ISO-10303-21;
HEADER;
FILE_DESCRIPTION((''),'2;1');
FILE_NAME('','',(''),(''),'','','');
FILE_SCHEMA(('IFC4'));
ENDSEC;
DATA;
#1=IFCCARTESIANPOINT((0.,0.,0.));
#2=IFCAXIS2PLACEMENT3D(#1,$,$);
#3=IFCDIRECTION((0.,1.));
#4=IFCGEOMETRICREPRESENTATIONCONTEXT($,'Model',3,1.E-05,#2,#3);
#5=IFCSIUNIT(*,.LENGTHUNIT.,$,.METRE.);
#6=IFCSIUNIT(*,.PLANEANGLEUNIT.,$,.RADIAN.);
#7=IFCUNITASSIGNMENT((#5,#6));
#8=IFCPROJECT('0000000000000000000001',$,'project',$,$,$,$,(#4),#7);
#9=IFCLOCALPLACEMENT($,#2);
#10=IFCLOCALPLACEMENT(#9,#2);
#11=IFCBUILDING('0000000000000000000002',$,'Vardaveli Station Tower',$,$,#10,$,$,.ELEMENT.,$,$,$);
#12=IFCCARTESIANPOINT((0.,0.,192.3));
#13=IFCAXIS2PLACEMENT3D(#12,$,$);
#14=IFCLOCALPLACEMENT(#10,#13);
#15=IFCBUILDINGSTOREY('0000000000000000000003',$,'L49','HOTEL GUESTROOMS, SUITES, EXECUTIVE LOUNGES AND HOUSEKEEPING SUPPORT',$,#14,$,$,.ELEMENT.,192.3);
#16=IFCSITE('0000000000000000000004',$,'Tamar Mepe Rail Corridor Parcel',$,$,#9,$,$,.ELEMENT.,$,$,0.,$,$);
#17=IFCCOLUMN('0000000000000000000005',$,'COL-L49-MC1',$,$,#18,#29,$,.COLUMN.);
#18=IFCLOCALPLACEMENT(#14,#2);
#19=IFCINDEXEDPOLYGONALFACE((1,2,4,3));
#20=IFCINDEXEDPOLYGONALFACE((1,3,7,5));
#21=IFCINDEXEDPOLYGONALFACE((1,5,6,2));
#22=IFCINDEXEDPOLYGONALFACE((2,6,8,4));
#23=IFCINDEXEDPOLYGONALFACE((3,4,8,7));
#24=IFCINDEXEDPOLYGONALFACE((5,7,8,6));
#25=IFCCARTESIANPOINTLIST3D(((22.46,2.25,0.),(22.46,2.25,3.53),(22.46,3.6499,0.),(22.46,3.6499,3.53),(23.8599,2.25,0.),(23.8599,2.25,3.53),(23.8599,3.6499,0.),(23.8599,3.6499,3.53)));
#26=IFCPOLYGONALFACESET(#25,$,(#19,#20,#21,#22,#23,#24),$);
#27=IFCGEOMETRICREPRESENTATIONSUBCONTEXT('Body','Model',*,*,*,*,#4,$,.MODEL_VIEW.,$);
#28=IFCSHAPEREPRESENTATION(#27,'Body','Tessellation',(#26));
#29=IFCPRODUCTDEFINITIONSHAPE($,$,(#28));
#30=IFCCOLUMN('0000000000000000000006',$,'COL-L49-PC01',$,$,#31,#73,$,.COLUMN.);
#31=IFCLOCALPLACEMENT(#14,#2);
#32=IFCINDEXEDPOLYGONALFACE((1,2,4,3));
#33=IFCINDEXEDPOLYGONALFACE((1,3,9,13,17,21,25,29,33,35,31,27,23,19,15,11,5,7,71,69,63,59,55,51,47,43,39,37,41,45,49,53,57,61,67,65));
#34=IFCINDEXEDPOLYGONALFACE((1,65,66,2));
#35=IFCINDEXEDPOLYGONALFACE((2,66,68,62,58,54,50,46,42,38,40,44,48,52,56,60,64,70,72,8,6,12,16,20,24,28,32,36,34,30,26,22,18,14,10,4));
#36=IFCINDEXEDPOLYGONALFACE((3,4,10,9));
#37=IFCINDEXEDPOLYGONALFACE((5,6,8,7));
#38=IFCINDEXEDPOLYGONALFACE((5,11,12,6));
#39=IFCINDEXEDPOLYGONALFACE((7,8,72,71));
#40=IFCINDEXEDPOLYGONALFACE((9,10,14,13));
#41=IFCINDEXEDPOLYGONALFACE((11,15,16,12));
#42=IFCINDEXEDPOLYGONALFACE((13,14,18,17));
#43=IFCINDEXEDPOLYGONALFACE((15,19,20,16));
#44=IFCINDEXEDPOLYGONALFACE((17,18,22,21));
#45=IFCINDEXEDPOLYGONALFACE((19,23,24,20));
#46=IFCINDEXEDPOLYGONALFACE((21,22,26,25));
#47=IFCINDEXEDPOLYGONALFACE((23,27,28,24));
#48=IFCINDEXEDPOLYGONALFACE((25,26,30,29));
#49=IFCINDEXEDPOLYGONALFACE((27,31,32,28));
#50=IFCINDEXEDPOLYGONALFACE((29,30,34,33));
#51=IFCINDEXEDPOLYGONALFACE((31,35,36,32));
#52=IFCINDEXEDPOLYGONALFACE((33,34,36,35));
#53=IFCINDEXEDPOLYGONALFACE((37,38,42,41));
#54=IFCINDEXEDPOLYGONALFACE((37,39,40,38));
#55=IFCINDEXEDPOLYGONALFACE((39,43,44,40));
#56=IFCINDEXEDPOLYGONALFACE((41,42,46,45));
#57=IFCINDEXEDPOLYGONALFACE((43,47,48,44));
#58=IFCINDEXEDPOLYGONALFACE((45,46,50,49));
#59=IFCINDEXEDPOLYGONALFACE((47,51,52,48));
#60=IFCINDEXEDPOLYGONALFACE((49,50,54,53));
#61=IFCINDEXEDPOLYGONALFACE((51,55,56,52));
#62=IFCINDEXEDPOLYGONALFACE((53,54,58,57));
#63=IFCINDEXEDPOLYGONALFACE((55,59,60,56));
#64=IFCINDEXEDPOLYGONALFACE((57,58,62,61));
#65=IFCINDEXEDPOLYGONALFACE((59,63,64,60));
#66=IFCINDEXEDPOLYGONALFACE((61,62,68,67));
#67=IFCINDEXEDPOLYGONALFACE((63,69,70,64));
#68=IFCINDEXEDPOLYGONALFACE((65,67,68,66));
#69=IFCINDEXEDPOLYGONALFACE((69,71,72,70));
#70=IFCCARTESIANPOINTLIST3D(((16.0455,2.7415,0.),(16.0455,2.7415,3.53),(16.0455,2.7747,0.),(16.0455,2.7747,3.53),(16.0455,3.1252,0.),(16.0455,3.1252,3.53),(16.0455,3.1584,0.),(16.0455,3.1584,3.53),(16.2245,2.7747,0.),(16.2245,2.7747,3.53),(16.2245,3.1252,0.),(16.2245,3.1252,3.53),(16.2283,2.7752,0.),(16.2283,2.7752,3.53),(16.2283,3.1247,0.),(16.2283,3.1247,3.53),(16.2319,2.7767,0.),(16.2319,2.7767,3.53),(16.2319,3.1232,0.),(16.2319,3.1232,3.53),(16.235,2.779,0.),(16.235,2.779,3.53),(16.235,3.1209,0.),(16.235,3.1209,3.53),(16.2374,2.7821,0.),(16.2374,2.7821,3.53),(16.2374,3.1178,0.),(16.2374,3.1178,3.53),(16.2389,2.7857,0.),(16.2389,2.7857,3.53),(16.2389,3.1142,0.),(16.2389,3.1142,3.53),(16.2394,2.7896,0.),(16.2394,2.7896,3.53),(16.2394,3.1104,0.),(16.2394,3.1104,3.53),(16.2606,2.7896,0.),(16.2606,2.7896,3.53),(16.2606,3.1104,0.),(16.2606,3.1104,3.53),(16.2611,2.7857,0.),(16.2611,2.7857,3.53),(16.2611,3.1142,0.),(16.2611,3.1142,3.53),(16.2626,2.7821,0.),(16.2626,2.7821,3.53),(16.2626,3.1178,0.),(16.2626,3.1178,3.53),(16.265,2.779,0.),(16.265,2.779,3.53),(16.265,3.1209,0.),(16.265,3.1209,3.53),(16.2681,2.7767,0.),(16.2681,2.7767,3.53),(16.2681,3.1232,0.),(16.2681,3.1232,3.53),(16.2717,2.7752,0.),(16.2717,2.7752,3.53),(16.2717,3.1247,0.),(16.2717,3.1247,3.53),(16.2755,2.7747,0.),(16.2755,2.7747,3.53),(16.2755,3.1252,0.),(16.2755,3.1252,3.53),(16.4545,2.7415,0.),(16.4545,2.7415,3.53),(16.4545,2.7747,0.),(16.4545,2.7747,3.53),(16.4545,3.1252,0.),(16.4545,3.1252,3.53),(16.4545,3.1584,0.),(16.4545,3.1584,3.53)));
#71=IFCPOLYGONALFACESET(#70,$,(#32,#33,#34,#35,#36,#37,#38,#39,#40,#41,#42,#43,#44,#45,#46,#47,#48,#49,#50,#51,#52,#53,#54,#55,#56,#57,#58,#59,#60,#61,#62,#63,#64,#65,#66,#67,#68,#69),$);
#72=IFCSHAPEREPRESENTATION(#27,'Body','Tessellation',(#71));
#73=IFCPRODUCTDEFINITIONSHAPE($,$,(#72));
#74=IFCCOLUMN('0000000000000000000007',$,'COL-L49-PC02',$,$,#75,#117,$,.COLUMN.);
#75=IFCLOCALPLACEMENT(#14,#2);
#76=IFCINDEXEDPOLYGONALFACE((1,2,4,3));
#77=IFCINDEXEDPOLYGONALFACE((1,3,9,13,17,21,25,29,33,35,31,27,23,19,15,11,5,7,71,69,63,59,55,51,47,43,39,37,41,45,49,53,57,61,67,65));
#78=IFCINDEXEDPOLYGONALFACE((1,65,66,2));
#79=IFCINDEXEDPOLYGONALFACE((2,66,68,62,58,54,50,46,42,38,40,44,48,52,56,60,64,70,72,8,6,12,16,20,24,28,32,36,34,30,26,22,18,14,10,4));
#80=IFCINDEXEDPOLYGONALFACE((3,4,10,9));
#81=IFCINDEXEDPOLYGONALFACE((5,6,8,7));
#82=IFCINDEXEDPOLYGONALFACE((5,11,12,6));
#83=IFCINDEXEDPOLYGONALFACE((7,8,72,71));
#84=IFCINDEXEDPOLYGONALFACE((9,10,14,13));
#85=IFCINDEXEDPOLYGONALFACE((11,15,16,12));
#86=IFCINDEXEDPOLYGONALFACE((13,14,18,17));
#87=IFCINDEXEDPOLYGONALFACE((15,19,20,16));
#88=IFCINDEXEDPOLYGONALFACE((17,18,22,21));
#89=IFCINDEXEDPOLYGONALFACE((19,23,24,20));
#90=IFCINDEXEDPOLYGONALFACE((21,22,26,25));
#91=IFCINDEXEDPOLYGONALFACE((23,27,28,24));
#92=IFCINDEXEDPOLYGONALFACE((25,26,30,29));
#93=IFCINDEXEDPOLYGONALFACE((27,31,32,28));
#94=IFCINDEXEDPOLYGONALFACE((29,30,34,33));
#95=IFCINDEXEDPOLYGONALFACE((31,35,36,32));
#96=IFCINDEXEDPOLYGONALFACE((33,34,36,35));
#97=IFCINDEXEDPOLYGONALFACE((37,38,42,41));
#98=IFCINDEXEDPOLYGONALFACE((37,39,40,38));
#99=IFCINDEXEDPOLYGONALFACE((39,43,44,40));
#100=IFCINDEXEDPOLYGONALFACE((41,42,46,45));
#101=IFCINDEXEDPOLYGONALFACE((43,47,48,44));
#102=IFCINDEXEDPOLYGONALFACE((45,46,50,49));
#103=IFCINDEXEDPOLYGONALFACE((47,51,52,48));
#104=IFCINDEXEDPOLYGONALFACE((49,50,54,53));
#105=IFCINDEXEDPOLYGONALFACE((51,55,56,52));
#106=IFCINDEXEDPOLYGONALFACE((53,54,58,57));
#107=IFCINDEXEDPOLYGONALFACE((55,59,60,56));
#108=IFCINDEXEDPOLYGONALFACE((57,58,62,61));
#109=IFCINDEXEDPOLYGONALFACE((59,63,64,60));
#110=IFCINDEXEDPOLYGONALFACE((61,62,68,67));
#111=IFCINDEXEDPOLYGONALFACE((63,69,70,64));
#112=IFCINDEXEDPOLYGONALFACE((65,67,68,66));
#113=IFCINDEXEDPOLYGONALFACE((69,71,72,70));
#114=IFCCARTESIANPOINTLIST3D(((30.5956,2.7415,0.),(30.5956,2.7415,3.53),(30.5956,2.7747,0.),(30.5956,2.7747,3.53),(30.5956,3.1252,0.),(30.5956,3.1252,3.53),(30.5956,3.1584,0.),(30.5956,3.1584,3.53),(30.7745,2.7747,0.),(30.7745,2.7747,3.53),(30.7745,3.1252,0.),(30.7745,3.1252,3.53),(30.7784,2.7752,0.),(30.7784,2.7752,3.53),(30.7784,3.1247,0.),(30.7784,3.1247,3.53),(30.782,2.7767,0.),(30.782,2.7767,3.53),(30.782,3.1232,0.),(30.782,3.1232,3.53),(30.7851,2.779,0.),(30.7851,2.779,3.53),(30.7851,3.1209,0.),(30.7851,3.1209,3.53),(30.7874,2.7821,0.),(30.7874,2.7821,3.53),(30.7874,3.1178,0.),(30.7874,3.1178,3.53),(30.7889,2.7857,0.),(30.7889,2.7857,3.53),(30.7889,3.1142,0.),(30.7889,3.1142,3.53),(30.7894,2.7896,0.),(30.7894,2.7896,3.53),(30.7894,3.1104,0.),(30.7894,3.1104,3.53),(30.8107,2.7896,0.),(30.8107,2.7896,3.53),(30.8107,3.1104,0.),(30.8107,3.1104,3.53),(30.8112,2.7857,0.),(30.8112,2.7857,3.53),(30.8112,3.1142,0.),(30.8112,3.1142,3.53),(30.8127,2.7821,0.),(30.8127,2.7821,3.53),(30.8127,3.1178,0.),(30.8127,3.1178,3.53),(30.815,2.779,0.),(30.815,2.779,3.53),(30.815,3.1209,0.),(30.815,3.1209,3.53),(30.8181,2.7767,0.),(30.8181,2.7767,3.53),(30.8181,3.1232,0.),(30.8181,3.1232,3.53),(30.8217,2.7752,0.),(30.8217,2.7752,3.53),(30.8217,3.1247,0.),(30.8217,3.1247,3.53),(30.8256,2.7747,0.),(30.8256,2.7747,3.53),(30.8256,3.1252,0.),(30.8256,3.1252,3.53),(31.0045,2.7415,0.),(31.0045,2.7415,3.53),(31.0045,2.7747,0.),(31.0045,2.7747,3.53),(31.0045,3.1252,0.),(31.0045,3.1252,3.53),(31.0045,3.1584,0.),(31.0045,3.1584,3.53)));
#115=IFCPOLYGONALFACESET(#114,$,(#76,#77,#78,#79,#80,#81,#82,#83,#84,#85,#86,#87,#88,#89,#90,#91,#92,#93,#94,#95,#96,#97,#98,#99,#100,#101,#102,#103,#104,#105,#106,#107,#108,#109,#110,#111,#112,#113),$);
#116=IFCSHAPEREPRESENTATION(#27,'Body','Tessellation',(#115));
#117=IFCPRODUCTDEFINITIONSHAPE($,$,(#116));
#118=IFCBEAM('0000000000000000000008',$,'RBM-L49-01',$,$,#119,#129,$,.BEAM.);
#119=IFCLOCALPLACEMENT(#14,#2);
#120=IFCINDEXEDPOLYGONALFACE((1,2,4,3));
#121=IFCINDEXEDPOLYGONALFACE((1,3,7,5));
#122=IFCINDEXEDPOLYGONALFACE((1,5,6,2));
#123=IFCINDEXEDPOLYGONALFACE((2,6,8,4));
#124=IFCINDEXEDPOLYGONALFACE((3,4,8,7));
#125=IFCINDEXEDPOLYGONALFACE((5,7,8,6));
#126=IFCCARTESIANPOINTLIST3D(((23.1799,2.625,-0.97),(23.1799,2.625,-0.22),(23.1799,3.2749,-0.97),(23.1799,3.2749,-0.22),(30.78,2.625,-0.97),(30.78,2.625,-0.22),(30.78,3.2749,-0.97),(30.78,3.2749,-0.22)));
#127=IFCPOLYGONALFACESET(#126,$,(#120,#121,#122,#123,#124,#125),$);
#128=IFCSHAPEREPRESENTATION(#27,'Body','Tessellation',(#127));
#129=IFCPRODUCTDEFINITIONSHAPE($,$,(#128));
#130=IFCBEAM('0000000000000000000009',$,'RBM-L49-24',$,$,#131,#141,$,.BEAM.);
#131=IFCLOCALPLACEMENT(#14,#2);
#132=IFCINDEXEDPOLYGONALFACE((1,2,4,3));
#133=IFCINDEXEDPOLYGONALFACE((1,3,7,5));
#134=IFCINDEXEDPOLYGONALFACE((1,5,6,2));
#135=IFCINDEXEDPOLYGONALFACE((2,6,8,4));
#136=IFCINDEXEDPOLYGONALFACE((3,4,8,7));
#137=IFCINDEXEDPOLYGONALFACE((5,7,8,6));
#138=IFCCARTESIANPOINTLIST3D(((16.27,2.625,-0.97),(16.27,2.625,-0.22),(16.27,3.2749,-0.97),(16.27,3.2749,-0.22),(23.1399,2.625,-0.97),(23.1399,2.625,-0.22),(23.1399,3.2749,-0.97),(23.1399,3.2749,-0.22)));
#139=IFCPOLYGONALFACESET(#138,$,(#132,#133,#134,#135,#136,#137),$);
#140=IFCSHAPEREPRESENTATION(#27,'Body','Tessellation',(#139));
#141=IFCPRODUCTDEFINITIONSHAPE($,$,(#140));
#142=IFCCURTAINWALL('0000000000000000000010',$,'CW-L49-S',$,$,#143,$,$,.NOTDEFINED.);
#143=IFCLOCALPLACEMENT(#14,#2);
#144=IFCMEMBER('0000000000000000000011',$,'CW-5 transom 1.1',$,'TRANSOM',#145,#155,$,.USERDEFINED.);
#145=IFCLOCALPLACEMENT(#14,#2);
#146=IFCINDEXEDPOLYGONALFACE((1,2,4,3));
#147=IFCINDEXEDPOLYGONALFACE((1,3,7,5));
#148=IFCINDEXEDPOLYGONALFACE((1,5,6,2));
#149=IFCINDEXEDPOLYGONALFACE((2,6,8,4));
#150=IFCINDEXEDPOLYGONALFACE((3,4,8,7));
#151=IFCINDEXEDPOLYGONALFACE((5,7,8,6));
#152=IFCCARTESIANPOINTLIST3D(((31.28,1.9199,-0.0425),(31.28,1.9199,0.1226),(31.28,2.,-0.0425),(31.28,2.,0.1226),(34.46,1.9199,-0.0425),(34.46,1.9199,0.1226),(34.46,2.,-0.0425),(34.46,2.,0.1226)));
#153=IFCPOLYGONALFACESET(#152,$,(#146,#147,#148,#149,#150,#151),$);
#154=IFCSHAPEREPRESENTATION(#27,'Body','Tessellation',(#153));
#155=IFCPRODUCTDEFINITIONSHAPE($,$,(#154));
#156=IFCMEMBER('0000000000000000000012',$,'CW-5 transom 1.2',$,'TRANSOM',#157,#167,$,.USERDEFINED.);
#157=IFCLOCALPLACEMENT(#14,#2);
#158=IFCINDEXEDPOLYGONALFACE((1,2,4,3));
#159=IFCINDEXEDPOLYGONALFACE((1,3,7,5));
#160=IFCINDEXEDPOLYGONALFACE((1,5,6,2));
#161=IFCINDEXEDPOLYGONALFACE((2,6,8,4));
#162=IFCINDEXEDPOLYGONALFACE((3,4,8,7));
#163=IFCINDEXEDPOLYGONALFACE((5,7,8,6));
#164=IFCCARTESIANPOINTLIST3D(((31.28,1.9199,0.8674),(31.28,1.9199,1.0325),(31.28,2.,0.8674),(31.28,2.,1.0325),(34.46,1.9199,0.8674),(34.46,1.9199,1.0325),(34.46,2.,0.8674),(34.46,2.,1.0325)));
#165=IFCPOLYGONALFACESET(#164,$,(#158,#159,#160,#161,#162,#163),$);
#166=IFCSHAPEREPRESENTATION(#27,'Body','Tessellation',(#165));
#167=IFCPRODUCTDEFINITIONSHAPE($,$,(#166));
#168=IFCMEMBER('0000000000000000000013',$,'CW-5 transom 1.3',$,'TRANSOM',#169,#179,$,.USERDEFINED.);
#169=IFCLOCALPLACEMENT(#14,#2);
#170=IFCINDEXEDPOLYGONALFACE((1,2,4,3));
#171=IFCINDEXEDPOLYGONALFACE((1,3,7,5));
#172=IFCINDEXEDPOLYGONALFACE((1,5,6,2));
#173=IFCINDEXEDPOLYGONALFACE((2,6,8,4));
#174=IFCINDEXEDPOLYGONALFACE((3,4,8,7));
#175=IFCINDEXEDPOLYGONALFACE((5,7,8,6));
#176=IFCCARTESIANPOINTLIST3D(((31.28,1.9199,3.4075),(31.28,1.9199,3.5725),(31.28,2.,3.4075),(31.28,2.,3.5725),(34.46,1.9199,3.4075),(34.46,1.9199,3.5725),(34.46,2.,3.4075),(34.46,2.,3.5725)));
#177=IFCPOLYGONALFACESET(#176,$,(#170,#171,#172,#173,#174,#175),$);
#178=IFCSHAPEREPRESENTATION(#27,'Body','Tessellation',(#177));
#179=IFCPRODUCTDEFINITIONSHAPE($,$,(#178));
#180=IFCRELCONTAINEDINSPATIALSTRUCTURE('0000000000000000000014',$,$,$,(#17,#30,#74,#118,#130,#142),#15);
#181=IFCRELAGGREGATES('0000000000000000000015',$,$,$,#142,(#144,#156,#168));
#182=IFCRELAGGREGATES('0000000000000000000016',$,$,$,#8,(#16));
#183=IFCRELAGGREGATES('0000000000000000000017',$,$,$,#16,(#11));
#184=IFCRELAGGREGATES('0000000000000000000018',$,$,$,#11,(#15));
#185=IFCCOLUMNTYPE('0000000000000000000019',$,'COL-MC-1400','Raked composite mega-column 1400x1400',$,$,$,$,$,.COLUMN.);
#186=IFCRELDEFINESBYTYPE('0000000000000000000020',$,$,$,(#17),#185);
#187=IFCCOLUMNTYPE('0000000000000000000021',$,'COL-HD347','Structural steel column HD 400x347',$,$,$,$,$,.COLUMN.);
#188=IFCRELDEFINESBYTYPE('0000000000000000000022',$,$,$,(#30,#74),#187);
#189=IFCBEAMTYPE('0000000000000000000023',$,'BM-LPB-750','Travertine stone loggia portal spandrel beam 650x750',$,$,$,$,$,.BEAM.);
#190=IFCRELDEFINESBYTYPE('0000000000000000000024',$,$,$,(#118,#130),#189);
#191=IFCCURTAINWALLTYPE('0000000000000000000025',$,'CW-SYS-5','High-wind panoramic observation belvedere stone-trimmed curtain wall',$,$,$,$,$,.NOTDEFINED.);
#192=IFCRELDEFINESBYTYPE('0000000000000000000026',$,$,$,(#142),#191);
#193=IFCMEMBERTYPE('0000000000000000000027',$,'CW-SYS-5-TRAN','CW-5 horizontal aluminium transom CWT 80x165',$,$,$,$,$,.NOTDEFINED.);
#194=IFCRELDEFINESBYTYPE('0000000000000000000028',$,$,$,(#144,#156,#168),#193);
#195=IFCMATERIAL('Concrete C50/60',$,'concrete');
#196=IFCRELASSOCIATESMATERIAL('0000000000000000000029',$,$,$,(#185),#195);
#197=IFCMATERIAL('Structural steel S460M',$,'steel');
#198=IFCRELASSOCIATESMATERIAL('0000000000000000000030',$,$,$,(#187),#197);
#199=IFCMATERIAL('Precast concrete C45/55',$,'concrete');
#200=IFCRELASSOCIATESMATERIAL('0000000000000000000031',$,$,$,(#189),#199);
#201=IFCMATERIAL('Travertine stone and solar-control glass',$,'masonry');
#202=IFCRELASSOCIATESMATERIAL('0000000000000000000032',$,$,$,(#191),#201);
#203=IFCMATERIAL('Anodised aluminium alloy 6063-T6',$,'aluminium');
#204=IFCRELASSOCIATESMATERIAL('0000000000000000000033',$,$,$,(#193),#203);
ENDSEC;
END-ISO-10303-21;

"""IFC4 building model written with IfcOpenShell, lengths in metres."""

from ifc_helpers import new_model, si_unit, direction, frame, origin, origin_2d, place, context, subcontext, project, spatial, rectangle, i_section, extrude, source, transform, mapped, material, material_profile, profile_set, type_object, element, aggregate, save


model = new_model("IFC4")

# Units and contexts
model_context = context("Model", 3, precision=1e-05, world=origin(), true_north=direction((0.0, 1.0)))
body_context = subcontext(model_context, "Body", "Model", "MODEL_VIEW")
ifc_project = project(units=[si_unit("LENGTHUNIT", "METRE"), si_unit("PLANEANGLEUNIT", "RADIAN")], contexts=[model_context])

# Site, building, storey
site_placement = place(None, origin())
site = spatial("IfcSite", under=ifc_project, at=site_placement, Name="Tamar Mepe Rail Corridor Parcel", CompositionType="ELEMENT", RefElevation=0.0)
building_placement = place(site_placement, origin())
building = spatial("IfcBuilding", under=site, at=building_placement, Name="Vardaveli Station Tower", CompositionType="ELEMENT")
storey_placement = place(building_placement, frame((0.0, 0.0, 192.3)))
storey = spatial("IfcBuildingStorey", under=building, at=storey_placement, Name="L49", Description="HOTEL GUESTROOMS, SUITES, EXECUTIVE LOUNGES AND HOUSEKEEPING SUPPORT", CompositionType="ELEMENT", Elevation=192.3)

# Columns
ifc_material_1 = material(Name="Concrete C50/60", Category="concrete")
ifc_material_profile_1 = material_profile(ifc_material_1, rectangle(XDim=1.3999, YDim=1.3999, at=origin_2d()), Name="MC 1400x1400")
ifc_profile_set_1 = profile_set([ifc_material_profile_1], Name="Concrete C50/60")
column_type_1 = type_object("IfcColumnType", Name="COL-MC-1400", Description="Raked composite mega-column 1400x1400", PredefinedType="COLUMN", material=ifc_profile_set_1)
shared_shape_1 = source(origin(), body_context, "Body", "SweptSolid", [
    extrude(rectangle(XDim=1.3999, YDim=1.3999, at=origin_2d()), origin(), (0.0, 0.0, 1.0), 3.53),
])
column_placement = place(storey_placement, frame((23.1599, 2.95, 0.0), z_axis=(0.0, 0.0, 1.0), x_axis=(1.0, 0.0, 0.0)))
element("IfcColumn", 1, at=column_placement, inside=storey, type_object=column_type_1, Name="COL-L49-MC1", PredefinedType="COLUMN", context=body_context, shape_type="MappedRepresentation", body=[
    mapped(shared_shape_1, transform((0.0, 0.0, 0.0), scale=1.0)),
])
ifc_material_2 = material(Name="Structural steel S460M", Category="steel")
ifc_material_profile_2 = material_profile(ifc_material_2, i_section(OverallWidth=0.4089, OverallDepth=0.417, WebThickness=0.0212, FlangeThickness=0.0332, FilletRadius=0.0149, at=origin_2d()), Name="HD 400x347")
ifc_profile_set_2 = profile_set([ifc_material_profile_2], Name="Structural steel S460M")
column_type_2 = type_object("IfcColumnType", Name="COL-HD347", Description="Structural steel column HD 400x347", PredefinedType="COLUMN", material=ifc_profile_set_2)
shared_shape_2 = source(origin(), body_context, "Body", "SweptSolid", [
    extrude(i_section(OverallWidth=0.4089, OverallDepth=0.417, WebThickness=0.0212, FlangeThickness=0.0332, FilletRadius=0.0149, at=origin_2d()), origin(), (0.0, 0.0, 1.0), 3.53),
])
for number, where, z_axis, x_axis, name in (
    (2, (16.25, 2.95, 0.0), (0.0, 0.0, 1.0), (1.0, 0.0, 0.0), "COL-L49-PC01"),
    (3, (30.8, 2.95, 0.0), (0.0, 0.0, 1.0), (1.0, 0.0, 0.0), "COL-L49-PC02"),
):
    element("IfcColumn", number, at=place(storey_placement, frame(where, z_axis=z_axis, x_axis=x_axis)), inside=storey, type_object=column_type_2, Name=name, PredefinedType="COLUMN", context=body_context, shape_type="MappedRepresentation", body=[
        mapped(shared_shape_2, transform((0.0, 0.0, 0.0), scale=1.0)),
    ])

# Beams
ifc_material_3 = material(Name="Precast concrete C45/55", Category="concrete")
ifc_material_profile_3 = material_profile(ifc_material_3, rectangle(XDim=0.6499, YDim=0.75, at=origin_2d()), Name="LPB 650x750")
ifc_profile_set_3 = profile_set([ifc_material_profile_3], Name="Precast concrete C45/55")
beam_type = type_object("IfcBeamType", Name="BM-LPB-750", Description="Travertine stone loggia portal spandrel beam 650x750", PredefinedType="BEAM", material=ifc_profile_set_3)
shared_shape_3 = source(origin(), body_context, "Body", "SweptSolid", [
    extrude(rectangle(XDim=0.6499, YDim=0.75, at=origin_2d()), origin(), (0.0, 0.0, 1.0), 7.6001),
])
beam_1_placement = place(storey_placement, frame((23.1799, 2.95, -0.595), z_axis=(1.0, 0.0, 0.0), x_axis=(0.0, 1.0, 0.0)))
element("IfcBeam", 4, at=beam_1_placement, inside=storey, type_object=beam_type, Name="RBM-L49-01", PredefinedType="BEAM", context=body_context, shape_type="MappedRepresentation", body=[
    mapped(shared_shape_3, transform((0.0, 0.0, 0.0), scale=1.0)),
])
shared_shape_4 = source(origin(), body_context, "Body", "SweptSolid", [
    extrude(rectangle(XDim=0.6499, YDim=0.75, at=origin_2d()), origin(), (0.0, 0.0, 1.0), 6.8699),
])
beam_2_placement = place(storey_placement, frame((16.27, 2.95, -0.595), z_axis=(1.0, 0.0, 0.0), x_axis=(0.0, 1.0, 0.0)))
element("IfcBeam", 5, at=beam_2_placement, inside=storey, type_object=beam_type, Name="RBM-L49-24", PredefinedType="BEAM", context=body_context, shape_type="MappedRepresentation", body=[
    mapped(shared_shape_4, transform((0.0, 0.0, 0.0), scale=1.0)),
])

# Curtain wall, members
ifc_material_4 = material(Name="Travertine stone and solar-control glass", Category="masonry")
curtain_wall_type = type_object("IfcCurtainWallType", Name="CW-SYS-5", Description="High-wind panoramic observation belvedere stone-trimmed curtain wall", PredefinedType="NOTDEFINED", material=ifc_material_4)
curtain_wall_placement = place(storey_placement, origin())
curtain_wall = element("IfcCurtainWall", 6, at=curtain_wall_placement, inside=storey, type_object=curtain_wall_type, Name="CW-L49-S", PredefinedType="NOTDEFINED")
ifc_material_5 = material(Name="Anodised aluminium alloy 6063-T6", Category="aluminium")
ifc_material_profile_4 = material_profile(ifc_material_5, rectangle(XDim=0.0801, YDim=0.165, at=origin_2d()), Name="CWT 80x165")
ifc_profile_set_4 = profile_set([ifc_material_profile_4], Name="Anodised aluminium alloy 6063-T6")
member_type_1 = type_object("IfcMemberType", Name="CW-SYS-5-TRAN", Description="CW-5 horizontal aluminium transom CWT 80x165", PredefinedType="NOTDEFINED", material=ifc_profile_set_4)
shared_shape_5 = source(origin(), body_context, "Body", "SweptSolid", [
    extrude(rectangle(XDim=0.0801, YDim=0.165, at=origin_2d()), origin(), (0.0, 0.0, 1.0), 3.1799),
])
member_1_placement = place(storey_placement, frame((31.28, 1.96, 0.04), z_axis=(1.0, 0.0, 0.0), x_axis=(0.0, 1.0, 0.0)))
member_1 = element("IfcMember", 7, at=member_1_placement, type_object=member_type_1, Name="CW-5 transom 1.1", ObjectType="TRANSOM", PredefinedType="USERDEFINED", context=body_context, shape_type="MappedRepresentation", body=[
    mapped(shared_shape_5, transform((0.0, 0.0, 0.0), scale=1.0)),
])
member_2_placement = place(storey_placement, frame((31.28, 1.96, 0.95), z_axis=(1.0, 0.0, 0.0), x_axis=(0.0, 1.0, 0.0)))
member_2 = element("IfcMember", 8, at=member_2_placement, type_object=member_type_1, Name="CW-5 transom 1.2", ObjectType="TRANSOM", PredefinedType="USERDEFINED", context=body_context, shape_type="MappedRepresentation", body=[
    mapped(shared_shape_5, transform((0.0, 0.0, 0.0), scale=1.0)),
])
member_3_placement = place(storey_placement, frame((31.28, 1.96, 3.49), z_axis=(1.0, 0.0, 0.0), x_axis=(0.0, 1.0, 0.0)))
member_3 = element("IfcMember", 9, at=member_3_placement, type_object=member_type_1, Name="CW-5 transom 1.3", ObjectType="TRANSOM", PredefinedType="USERDEFINED", context=body_context, shape_type="MappedRepresentation", body=[
    mapped(shared_shape_5, transform((0.0, 0.0, 0.0), scale=1.0)),
])
aggregate(curtain_wall, [member_1, member_2, member_3])

save(model, "model.ifc")
